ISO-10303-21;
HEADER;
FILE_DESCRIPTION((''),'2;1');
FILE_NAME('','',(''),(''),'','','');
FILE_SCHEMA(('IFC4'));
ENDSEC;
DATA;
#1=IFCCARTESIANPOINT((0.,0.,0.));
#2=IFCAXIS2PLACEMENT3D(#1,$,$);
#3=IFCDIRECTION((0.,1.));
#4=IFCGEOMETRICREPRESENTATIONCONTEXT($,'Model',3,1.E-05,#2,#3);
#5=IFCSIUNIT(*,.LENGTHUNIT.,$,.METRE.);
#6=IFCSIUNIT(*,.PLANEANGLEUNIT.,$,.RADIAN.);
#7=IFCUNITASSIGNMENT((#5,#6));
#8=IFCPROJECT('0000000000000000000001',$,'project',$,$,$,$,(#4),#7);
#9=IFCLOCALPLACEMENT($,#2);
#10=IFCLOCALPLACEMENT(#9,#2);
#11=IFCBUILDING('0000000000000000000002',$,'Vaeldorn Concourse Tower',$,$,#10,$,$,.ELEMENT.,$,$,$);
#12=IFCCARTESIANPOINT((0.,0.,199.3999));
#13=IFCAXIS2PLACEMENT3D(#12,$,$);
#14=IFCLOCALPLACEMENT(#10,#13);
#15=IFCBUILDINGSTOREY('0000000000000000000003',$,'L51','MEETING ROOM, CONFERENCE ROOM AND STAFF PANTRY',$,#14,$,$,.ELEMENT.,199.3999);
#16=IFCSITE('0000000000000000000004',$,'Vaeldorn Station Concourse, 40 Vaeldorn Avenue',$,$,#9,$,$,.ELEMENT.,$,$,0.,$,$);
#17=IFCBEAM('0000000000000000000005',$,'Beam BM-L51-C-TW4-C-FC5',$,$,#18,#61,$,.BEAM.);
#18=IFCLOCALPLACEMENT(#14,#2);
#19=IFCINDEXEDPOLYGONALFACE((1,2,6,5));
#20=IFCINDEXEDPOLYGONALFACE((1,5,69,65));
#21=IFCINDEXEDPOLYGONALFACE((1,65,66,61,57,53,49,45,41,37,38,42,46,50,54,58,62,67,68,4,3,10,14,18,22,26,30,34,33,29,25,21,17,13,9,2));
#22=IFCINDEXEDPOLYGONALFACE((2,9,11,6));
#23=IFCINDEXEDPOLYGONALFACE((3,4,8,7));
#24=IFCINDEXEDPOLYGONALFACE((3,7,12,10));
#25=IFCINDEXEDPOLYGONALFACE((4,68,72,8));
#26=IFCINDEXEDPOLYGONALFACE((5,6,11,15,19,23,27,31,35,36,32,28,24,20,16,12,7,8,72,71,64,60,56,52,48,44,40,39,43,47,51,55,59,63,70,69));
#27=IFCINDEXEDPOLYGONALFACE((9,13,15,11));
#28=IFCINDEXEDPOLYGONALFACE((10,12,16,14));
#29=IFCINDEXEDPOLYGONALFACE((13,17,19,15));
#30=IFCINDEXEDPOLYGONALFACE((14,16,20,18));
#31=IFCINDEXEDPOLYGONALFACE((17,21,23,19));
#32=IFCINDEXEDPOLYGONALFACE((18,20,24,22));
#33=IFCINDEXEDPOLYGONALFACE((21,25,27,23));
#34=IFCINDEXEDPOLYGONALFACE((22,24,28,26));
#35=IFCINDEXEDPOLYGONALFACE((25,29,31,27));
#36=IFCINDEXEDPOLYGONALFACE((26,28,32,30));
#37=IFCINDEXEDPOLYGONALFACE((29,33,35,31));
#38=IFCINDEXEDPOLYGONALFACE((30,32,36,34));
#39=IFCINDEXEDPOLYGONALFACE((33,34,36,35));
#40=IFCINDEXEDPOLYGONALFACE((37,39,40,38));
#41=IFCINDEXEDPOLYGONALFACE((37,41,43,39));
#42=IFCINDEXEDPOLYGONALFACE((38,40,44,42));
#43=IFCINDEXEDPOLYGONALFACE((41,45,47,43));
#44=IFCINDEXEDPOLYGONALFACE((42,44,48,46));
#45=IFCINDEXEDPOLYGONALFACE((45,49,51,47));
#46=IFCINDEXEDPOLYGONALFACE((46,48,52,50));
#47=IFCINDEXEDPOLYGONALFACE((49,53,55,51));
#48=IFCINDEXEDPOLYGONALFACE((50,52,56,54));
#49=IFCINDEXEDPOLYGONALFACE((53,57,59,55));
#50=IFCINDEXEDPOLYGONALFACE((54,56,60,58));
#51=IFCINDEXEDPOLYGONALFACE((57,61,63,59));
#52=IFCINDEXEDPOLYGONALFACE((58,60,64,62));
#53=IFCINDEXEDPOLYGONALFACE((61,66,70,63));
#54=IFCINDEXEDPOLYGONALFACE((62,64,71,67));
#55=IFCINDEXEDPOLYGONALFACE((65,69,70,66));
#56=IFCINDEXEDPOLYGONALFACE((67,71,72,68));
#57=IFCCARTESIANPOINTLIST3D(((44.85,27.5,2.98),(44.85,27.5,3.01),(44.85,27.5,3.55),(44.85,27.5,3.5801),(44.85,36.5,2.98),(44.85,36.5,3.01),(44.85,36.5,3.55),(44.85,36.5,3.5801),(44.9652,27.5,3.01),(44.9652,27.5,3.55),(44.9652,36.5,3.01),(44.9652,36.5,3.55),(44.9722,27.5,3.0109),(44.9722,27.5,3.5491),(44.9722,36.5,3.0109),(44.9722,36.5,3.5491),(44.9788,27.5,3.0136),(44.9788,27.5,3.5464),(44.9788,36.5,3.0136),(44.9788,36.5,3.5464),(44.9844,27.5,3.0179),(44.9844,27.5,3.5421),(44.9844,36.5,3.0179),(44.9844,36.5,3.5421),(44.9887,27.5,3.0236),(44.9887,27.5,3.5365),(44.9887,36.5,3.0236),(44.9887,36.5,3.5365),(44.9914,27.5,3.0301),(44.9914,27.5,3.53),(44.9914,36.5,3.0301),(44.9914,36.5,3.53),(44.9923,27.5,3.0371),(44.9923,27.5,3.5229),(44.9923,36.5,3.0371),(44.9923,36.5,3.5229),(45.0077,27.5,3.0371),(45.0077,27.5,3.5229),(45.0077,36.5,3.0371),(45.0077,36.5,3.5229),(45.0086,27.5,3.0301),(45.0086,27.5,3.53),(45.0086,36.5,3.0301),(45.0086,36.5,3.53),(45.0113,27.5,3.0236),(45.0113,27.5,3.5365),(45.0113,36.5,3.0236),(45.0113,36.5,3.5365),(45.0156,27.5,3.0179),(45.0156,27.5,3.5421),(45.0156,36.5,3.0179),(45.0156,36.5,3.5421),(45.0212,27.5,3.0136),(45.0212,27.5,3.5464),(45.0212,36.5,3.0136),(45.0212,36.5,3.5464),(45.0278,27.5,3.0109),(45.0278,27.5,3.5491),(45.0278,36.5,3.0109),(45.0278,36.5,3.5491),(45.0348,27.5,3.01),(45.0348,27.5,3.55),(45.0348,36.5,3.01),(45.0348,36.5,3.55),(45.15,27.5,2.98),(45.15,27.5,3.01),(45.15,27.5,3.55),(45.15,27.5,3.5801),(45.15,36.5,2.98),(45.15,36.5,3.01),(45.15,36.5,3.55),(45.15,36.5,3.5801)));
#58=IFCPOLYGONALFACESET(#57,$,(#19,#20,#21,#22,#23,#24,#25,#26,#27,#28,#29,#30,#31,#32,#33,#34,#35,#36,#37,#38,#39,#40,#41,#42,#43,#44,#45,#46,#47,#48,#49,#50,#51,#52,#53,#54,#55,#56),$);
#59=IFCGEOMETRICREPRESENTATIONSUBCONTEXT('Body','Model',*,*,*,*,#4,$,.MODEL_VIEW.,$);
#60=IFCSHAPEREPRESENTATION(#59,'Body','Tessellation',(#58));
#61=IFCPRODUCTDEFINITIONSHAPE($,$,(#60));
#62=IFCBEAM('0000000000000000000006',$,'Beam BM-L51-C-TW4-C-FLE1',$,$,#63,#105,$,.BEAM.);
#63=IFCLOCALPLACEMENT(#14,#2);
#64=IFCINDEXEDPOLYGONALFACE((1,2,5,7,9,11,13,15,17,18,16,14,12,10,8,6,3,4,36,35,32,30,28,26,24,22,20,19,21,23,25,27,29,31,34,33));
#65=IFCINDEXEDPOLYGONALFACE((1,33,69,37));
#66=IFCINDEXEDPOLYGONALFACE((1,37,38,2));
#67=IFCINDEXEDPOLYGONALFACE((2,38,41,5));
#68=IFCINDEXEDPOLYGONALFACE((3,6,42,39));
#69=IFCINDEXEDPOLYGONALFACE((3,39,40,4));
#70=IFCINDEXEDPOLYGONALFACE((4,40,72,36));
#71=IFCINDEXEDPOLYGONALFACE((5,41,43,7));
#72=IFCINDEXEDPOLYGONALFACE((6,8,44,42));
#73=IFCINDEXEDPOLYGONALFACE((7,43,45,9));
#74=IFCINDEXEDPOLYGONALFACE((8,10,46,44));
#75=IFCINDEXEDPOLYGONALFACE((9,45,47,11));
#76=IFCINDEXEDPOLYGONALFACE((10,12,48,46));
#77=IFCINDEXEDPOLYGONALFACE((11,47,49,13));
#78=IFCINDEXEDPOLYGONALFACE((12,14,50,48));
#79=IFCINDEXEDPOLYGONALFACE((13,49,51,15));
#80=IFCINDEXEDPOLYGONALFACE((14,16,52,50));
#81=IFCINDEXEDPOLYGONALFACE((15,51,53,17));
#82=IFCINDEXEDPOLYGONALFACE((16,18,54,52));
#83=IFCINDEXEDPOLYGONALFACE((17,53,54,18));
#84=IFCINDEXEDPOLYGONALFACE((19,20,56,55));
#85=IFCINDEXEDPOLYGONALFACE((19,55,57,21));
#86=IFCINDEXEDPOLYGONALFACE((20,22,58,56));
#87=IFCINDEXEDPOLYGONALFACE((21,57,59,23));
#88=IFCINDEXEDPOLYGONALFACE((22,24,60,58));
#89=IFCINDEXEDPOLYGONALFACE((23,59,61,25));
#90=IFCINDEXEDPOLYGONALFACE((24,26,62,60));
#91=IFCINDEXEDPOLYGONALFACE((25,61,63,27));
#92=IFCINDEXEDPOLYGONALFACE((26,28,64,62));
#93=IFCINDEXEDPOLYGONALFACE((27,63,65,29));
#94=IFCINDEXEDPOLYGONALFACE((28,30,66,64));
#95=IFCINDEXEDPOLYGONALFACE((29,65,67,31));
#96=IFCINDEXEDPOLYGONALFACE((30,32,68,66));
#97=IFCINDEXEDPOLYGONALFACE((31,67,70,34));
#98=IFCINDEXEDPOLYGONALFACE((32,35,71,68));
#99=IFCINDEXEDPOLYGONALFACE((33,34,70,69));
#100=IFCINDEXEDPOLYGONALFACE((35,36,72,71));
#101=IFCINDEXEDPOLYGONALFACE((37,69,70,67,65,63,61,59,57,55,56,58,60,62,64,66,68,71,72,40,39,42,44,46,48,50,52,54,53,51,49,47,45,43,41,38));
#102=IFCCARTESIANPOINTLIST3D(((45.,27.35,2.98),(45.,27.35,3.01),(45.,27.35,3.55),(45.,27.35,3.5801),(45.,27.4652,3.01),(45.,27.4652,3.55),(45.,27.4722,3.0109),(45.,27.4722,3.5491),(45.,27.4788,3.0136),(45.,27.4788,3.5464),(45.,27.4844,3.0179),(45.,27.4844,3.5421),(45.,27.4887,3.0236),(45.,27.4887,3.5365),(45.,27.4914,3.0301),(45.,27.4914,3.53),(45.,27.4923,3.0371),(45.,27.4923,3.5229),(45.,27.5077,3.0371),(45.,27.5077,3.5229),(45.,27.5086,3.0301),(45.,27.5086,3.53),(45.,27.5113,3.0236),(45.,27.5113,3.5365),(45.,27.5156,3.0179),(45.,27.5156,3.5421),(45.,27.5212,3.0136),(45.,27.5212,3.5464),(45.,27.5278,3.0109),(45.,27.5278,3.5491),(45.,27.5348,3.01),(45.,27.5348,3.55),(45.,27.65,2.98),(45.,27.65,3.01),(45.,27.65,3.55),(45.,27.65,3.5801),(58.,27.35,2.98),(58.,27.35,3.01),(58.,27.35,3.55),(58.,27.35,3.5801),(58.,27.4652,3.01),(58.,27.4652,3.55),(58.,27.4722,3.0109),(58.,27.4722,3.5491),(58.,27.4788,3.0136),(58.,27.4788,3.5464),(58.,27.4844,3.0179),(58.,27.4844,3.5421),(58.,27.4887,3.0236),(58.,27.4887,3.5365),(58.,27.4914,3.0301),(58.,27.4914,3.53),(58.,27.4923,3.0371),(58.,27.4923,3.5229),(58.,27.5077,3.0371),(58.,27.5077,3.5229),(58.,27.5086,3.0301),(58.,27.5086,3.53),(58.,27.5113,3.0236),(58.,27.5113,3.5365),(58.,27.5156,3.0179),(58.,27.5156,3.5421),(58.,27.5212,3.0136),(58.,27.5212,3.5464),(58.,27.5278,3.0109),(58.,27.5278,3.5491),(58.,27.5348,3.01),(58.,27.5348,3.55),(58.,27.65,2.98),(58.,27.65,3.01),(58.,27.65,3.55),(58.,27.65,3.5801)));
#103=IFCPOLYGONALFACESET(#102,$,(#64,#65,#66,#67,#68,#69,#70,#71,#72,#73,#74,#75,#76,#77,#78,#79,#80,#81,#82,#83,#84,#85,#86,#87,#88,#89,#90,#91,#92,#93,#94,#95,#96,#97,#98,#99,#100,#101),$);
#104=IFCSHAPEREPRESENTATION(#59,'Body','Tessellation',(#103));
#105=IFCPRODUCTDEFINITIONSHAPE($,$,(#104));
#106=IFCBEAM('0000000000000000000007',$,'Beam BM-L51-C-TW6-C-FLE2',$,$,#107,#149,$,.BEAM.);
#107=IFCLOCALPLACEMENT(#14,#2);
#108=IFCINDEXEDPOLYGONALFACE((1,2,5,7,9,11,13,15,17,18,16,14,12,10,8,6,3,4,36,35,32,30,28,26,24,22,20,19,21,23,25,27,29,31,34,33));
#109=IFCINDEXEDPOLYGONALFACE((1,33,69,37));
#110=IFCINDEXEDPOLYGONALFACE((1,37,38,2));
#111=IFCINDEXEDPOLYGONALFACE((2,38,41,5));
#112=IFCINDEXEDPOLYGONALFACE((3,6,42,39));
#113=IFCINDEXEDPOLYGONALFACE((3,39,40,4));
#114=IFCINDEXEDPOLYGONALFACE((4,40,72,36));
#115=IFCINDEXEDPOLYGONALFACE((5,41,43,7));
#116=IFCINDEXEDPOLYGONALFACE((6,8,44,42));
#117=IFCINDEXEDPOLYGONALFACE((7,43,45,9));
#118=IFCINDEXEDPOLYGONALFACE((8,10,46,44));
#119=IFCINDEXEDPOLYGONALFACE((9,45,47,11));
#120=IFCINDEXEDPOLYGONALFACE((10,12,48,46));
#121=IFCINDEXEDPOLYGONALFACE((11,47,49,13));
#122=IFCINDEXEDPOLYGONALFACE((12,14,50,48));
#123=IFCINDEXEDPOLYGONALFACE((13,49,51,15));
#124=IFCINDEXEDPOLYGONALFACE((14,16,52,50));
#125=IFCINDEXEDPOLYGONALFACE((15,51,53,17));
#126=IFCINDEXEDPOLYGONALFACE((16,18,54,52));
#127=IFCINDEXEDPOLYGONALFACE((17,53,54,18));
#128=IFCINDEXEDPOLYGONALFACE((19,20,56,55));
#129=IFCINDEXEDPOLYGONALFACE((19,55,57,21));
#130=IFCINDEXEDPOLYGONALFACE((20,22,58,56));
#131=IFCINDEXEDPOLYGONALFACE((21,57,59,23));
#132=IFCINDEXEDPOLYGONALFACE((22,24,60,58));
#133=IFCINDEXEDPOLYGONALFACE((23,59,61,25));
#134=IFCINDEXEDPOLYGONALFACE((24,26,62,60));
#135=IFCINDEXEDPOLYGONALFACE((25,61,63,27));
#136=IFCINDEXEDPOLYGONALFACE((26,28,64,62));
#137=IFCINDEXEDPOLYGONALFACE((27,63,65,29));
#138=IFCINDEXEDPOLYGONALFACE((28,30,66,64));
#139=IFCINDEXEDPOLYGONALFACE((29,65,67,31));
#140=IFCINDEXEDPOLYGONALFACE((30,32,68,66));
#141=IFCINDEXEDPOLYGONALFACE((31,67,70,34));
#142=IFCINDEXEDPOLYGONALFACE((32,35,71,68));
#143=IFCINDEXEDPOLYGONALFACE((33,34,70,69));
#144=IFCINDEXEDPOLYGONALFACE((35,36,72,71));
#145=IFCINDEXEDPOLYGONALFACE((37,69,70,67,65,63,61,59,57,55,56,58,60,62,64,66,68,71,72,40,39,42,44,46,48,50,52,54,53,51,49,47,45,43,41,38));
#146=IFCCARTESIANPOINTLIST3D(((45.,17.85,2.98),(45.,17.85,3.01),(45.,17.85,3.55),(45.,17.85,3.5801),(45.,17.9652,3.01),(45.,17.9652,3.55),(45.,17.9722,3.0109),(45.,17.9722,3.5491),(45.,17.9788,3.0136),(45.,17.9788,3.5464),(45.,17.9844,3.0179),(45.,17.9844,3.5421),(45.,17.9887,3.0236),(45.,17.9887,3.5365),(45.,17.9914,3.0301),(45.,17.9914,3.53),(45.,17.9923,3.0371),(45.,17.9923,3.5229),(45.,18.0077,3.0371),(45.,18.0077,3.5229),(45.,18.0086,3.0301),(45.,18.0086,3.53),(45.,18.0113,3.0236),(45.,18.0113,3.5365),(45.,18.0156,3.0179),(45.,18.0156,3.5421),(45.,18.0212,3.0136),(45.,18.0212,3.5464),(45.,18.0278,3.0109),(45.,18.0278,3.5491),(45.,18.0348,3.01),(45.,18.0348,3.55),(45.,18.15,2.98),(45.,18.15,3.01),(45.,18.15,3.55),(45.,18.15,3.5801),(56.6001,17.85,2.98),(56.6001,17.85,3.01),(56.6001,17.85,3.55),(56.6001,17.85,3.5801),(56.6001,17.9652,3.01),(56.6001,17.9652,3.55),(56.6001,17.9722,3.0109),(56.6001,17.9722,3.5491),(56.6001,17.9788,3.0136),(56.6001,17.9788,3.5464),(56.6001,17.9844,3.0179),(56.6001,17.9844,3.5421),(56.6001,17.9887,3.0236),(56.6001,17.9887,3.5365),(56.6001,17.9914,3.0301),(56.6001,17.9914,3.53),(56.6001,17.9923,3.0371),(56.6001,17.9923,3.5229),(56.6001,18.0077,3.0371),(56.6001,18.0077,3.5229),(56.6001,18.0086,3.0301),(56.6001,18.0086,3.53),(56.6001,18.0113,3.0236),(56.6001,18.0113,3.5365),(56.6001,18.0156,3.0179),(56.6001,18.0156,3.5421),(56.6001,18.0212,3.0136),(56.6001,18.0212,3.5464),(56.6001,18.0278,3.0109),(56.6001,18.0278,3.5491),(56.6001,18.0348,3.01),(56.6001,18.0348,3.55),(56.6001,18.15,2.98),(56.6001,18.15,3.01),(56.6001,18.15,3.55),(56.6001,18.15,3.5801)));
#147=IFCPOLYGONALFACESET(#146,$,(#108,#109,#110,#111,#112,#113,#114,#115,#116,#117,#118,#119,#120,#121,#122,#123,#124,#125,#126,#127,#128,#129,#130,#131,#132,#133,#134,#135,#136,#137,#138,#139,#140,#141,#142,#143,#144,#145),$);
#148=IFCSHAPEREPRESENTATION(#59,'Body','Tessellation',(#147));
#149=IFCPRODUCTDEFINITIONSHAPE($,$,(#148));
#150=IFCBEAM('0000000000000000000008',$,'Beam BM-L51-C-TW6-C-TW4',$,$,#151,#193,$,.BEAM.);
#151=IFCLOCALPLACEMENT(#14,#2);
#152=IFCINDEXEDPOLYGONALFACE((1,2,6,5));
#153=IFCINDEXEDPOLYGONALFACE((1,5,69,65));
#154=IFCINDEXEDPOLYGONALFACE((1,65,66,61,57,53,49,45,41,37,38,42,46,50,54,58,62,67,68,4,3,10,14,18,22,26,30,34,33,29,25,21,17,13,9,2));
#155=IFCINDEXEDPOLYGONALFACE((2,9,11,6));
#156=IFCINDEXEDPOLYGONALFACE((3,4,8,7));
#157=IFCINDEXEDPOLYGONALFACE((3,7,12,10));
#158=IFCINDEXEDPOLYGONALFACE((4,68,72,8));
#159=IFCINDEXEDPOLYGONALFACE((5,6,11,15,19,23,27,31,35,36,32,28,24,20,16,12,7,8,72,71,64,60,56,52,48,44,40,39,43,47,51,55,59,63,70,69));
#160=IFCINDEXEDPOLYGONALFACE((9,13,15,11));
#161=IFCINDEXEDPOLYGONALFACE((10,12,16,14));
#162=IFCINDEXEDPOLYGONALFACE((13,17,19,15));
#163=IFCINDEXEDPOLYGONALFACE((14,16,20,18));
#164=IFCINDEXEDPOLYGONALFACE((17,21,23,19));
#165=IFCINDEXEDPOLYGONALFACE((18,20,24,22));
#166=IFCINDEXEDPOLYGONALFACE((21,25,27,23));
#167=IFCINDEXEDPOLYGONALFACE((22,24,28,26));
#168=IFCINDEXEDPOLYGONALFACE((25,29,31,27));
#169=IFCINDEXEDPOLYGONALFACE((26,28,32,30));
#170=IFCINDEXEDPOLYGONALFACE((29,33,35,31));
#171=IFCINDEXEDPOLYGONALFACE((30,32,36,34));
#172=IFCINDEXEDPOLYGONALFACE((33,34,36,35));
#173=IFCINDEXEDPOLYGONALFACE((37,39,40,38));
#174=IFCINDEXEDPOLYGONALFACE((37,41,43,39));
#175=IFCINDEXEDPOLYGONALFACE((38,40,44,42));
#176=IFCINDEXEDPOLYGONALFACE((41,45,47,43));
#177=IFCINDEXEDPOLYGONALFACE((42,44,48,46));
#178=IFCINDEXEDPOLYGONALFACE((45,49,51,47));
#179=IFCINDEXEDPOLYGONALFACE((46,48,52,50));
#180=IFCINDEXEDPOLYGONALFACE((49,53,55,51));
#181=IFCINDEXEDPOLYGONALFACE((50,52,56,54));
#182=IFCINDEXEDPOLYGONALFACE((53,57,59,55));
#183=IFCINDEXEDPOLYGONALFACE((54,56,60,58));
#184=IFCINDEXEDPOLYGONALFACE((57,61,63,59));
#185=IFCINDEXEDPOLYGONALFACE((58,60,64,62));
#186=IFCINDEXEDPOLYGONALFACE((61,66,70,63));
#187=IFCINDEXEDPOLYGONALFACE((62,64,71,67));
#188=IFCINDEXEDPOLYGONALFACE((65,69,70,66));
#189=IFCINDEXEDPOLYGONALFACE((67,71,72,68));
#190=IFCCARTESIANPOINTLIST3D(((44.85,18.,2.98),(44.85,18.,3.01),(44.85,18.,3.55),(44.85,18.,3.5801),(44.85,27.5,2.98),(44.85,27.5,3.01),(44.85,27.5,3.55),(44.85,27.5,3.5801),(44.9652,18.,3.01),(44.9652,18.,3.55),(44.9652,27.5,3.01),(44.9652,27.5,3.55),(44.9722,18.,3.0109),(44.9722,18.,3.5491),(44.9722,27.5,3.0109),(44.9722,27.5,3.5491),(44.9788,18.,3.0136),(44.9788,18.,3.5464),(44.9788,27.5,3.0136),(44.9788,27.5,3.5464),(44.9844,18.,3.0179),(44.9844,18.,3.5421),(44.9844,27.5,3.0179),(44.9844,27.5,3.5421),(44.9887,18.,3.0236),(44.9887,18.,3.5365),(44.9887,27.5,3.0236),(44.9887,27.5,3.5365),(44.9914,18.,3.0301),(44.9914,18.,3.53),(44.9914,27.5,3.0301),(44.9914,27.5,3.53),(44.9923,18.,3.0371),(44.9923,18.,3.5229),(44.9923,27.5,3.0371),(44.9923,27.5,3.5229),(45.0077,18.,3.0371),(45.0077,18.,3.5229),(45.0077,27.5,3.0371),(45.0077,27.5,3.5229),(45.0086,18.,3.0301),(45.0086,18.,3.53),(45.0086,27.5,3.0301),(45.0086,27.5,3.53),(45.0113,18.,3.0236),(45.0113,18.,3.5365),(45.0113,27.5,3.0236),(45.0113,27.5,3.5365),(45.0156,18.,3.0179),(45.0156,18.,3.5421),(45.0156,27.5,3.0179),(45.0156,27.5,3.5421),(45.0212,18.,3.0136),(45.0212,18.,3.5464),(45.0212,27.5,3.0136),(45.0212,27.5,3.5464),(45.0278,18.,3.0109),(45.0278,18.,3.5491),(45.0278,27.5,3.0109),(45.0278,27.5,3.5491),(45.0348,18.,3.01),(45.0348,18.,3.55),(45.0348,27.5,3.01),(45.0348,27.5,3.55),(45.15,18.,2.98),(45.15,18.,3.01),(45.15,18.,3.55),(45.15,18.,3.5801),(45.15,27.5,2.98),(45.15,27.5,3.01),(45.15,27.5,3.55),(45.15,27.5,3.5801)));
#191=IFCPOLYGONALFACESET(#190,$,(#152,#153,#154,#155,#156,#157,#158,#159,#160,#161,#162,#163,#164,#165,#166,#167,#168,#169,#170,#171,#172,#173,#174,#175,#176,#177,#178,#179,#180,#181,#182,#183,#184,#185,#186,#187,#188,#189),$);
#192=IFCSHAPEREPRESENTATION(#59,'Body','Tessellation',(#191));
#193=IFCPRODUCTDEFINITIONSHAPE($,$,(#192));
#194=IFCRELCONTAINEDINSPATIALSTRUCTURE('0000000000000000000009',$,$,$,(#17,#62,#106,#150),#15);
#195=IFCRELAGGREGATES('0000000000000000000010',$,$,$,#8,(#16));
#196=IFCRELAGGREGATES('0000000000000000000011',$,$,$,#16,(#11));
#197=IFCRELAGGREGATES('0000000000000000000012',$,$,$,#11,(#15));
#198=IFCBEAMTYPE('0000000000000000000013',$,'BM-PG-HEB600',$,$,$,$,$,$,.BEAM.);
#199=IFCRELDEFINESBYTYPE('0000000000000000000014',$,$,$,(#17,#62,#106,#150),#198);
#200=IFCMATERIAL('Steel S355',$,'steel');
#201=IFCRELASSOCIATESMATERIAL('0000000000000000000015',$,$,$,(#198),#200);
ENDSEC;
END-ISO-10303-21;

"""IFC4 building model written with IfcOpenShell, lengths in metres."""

from ifc_helpers import new_model, si_unit, direction, frame, origin, origin_2d, place, context, subcontext, project, spatial, i_section, extrude, source, transform, mapped, material, material_profile, profile_set, type_object, element, save


model = new_model("IFC4")

# Units and contexts
model_context = context("Model", 3, precision=1e-05, world=origin(), true_north=direction((0.0, 1.0)))
body_context = subcontext(model_context, "Body", "Model", "MODEL_VIEW")
ifc_project = project(units=[si_unit("LENGTHUNIT", "METRE"), si_unit("PLANEANGLEUNIT", "RADIAN")], contexts=[model_context])

# Site, building, storey
site_placement = place(None, origin())
site = spatial("IfcSite", under=ifc_project, at=site_placement, Name="Vaeldorn Station Concourse, 40 Vaeldorn Avenue", CompositionType="ELEMENT", RefElevation=0.0)
building_placement = place(site_placement, origin())
building = spatial("IfcBuilding", under=site, at=building_placement, Name="Vaeldorn Concourse Tower", CompositionType="ELEMENT")
storey_placement = place(building_placement, frame((0.0, 0.0, 199.3999)))
storey = spatial("IfcBuildingStorey", under=building, at=storey_placement, Name="L51", Description="MEETING ROOM, CONFERENCE ROOM AND STAFF PANTRY", CompositionType="ELEMENT", Elevation=199.3999)

# Shared definitions
ifc_material_1 = material(Name="Steel S355", Category="steel")

# Beams
ifc_material_profile_1 = material_profile(ifc_material_1, i_section(OverallWidth=0.3, OverallDepth=0.6001, WebThickness=0.0154, FlangeThickness=0.03, FilletRadius=0.0271, at=origin_2d()), Name="HEB 600")
ifc_profile_set_1 = profile_set([ifc_material_profile_1], Name="Steel S355")
beam_type_1 = type_object("IfcBeamType", Name="BM-PG-HEB600", PredefinedType="BEAM", material=ifc_profile_set_1)
shared_shape_1 = source(origin(), body_context, "Body", "SweptSolid", [
    extrude(i_section(OverallWidth=0.3, OverallDepth=0.6001, WebThickness=0.0154, FlangeThickness=0.03, FilletRadius=0.0271, at=origin_2d()), origin(), (0.0, 0.0, 1.0), 9.0),
])
for number, where, z_axis, x_axis, name in (
    (1, (45.0, 27.5, 3.28), (0.0, 1.0, 0.0), (-1.0, 0.0, 0.0), "Beam BM-L51-C-TW4-C-FC5"),
):
    element("IfcBeam", number, at=place(storey_placement, frame(where, z_axis=z_axis, x_axis=x_axis)), inside=storey, type_object=beam_type_1, Name=name, PredefinedType="BEAM", context=body_context, shape_type="MappedRepresentation", body=[
        mapped(shared_shape_1, transform((0.0, 0.0, 0.0), scale=1.0)),
    ])
shared_shape_2 = source(origin(), body_context, "Body", "SweptSolid", [
    extrude(i_section(OverallWidth=0.3, OverallDepth=0.6001, WebThickness=0.0154, FlangeThickness=0.03, FilletRadius=0.0271, at=origin_2d()), origin(), (0.0, 0.0, 1.0), 13.0),
])
beam_1_placement = place(storey_placement, frame((45.0, 27.5, 3.28), z_axis=(1.0, 0.0, 0.0), x_axis=(0.0, 1.0, 0.0)))
element("IfcBeam", 2, at=beam_1_placement, inside=storey, type_object=beam_type_1, Name="Beam BM-L51-C-TW4-C-FLE1", PredefinedType="BEAM", context=body_context, shape_type="MappedRepresentation", body=[
    mapped(shared_shape_2, transform((0.0, 0.0, 0.0), scale=1.0)),
])
shared_shape_3 = source(origin(), body_context, "Body", "SweptSolid", [
    extrude(i_section(OverallWidth=0.3, OverallDepth=0.6001, WebThickness=0.0154, FlangeThickness=0.03, FilletRadius=0.0271, at=origin_2d()), origin(), (0.0, 0.0, 1.0), 11.6001),
])
beam_2_placement = place(storey_placement, frame((45.0, 18.0, 3.28), z_axis=(1.0, 0.0, 0.0), x_axis=(0.0, 1.0, 0.0)))
element("IfcBeam", 3, at=beam_2_placement, inside=storey, type_object=beam_type_1, Name="Beam BM-L51-C-TW6-C-FLE2", PredefinedType="BEAM", context=body_context, shape_type="MappedRepresentation", body=[
    mapped(shared_shape_3, transform((0.0, 0.0, 0.0), scale=1.0)),
])
shared_shape_4 = source(origin(), body_context, "Body", "SweptSolid", [
    extrude(i_section(OverallWidth=0.3, OverallDepth=0.6001, WebThickness=0.0154, FlangeThickness=0.03, FilletRadius=0.0271, at=origin_2d()), origin(), (0.0, 0.0, 1.0), 9.5),
])
beam_3_placement = place(storey_placement, frame((45.0, 18.0, 3.28), z_axis=(0.0, 1.0, 0.0), x_axis=(-1.0, 0.0, 0.0)))
element("IfcBeam", 4, at=beam_3_placement, inside=storey, type_object=beam_type_1, Name="Beam BM-L51-C-TW6-C-TW4", PredefinedType="BEAM", context=body_context, shape_type="MappedRepresentation", body=[
    mapped(shared_shape_4, transform((0.0, 0.0, 0.0), scale=1.0)),
])

save(model, "model.ifc")
